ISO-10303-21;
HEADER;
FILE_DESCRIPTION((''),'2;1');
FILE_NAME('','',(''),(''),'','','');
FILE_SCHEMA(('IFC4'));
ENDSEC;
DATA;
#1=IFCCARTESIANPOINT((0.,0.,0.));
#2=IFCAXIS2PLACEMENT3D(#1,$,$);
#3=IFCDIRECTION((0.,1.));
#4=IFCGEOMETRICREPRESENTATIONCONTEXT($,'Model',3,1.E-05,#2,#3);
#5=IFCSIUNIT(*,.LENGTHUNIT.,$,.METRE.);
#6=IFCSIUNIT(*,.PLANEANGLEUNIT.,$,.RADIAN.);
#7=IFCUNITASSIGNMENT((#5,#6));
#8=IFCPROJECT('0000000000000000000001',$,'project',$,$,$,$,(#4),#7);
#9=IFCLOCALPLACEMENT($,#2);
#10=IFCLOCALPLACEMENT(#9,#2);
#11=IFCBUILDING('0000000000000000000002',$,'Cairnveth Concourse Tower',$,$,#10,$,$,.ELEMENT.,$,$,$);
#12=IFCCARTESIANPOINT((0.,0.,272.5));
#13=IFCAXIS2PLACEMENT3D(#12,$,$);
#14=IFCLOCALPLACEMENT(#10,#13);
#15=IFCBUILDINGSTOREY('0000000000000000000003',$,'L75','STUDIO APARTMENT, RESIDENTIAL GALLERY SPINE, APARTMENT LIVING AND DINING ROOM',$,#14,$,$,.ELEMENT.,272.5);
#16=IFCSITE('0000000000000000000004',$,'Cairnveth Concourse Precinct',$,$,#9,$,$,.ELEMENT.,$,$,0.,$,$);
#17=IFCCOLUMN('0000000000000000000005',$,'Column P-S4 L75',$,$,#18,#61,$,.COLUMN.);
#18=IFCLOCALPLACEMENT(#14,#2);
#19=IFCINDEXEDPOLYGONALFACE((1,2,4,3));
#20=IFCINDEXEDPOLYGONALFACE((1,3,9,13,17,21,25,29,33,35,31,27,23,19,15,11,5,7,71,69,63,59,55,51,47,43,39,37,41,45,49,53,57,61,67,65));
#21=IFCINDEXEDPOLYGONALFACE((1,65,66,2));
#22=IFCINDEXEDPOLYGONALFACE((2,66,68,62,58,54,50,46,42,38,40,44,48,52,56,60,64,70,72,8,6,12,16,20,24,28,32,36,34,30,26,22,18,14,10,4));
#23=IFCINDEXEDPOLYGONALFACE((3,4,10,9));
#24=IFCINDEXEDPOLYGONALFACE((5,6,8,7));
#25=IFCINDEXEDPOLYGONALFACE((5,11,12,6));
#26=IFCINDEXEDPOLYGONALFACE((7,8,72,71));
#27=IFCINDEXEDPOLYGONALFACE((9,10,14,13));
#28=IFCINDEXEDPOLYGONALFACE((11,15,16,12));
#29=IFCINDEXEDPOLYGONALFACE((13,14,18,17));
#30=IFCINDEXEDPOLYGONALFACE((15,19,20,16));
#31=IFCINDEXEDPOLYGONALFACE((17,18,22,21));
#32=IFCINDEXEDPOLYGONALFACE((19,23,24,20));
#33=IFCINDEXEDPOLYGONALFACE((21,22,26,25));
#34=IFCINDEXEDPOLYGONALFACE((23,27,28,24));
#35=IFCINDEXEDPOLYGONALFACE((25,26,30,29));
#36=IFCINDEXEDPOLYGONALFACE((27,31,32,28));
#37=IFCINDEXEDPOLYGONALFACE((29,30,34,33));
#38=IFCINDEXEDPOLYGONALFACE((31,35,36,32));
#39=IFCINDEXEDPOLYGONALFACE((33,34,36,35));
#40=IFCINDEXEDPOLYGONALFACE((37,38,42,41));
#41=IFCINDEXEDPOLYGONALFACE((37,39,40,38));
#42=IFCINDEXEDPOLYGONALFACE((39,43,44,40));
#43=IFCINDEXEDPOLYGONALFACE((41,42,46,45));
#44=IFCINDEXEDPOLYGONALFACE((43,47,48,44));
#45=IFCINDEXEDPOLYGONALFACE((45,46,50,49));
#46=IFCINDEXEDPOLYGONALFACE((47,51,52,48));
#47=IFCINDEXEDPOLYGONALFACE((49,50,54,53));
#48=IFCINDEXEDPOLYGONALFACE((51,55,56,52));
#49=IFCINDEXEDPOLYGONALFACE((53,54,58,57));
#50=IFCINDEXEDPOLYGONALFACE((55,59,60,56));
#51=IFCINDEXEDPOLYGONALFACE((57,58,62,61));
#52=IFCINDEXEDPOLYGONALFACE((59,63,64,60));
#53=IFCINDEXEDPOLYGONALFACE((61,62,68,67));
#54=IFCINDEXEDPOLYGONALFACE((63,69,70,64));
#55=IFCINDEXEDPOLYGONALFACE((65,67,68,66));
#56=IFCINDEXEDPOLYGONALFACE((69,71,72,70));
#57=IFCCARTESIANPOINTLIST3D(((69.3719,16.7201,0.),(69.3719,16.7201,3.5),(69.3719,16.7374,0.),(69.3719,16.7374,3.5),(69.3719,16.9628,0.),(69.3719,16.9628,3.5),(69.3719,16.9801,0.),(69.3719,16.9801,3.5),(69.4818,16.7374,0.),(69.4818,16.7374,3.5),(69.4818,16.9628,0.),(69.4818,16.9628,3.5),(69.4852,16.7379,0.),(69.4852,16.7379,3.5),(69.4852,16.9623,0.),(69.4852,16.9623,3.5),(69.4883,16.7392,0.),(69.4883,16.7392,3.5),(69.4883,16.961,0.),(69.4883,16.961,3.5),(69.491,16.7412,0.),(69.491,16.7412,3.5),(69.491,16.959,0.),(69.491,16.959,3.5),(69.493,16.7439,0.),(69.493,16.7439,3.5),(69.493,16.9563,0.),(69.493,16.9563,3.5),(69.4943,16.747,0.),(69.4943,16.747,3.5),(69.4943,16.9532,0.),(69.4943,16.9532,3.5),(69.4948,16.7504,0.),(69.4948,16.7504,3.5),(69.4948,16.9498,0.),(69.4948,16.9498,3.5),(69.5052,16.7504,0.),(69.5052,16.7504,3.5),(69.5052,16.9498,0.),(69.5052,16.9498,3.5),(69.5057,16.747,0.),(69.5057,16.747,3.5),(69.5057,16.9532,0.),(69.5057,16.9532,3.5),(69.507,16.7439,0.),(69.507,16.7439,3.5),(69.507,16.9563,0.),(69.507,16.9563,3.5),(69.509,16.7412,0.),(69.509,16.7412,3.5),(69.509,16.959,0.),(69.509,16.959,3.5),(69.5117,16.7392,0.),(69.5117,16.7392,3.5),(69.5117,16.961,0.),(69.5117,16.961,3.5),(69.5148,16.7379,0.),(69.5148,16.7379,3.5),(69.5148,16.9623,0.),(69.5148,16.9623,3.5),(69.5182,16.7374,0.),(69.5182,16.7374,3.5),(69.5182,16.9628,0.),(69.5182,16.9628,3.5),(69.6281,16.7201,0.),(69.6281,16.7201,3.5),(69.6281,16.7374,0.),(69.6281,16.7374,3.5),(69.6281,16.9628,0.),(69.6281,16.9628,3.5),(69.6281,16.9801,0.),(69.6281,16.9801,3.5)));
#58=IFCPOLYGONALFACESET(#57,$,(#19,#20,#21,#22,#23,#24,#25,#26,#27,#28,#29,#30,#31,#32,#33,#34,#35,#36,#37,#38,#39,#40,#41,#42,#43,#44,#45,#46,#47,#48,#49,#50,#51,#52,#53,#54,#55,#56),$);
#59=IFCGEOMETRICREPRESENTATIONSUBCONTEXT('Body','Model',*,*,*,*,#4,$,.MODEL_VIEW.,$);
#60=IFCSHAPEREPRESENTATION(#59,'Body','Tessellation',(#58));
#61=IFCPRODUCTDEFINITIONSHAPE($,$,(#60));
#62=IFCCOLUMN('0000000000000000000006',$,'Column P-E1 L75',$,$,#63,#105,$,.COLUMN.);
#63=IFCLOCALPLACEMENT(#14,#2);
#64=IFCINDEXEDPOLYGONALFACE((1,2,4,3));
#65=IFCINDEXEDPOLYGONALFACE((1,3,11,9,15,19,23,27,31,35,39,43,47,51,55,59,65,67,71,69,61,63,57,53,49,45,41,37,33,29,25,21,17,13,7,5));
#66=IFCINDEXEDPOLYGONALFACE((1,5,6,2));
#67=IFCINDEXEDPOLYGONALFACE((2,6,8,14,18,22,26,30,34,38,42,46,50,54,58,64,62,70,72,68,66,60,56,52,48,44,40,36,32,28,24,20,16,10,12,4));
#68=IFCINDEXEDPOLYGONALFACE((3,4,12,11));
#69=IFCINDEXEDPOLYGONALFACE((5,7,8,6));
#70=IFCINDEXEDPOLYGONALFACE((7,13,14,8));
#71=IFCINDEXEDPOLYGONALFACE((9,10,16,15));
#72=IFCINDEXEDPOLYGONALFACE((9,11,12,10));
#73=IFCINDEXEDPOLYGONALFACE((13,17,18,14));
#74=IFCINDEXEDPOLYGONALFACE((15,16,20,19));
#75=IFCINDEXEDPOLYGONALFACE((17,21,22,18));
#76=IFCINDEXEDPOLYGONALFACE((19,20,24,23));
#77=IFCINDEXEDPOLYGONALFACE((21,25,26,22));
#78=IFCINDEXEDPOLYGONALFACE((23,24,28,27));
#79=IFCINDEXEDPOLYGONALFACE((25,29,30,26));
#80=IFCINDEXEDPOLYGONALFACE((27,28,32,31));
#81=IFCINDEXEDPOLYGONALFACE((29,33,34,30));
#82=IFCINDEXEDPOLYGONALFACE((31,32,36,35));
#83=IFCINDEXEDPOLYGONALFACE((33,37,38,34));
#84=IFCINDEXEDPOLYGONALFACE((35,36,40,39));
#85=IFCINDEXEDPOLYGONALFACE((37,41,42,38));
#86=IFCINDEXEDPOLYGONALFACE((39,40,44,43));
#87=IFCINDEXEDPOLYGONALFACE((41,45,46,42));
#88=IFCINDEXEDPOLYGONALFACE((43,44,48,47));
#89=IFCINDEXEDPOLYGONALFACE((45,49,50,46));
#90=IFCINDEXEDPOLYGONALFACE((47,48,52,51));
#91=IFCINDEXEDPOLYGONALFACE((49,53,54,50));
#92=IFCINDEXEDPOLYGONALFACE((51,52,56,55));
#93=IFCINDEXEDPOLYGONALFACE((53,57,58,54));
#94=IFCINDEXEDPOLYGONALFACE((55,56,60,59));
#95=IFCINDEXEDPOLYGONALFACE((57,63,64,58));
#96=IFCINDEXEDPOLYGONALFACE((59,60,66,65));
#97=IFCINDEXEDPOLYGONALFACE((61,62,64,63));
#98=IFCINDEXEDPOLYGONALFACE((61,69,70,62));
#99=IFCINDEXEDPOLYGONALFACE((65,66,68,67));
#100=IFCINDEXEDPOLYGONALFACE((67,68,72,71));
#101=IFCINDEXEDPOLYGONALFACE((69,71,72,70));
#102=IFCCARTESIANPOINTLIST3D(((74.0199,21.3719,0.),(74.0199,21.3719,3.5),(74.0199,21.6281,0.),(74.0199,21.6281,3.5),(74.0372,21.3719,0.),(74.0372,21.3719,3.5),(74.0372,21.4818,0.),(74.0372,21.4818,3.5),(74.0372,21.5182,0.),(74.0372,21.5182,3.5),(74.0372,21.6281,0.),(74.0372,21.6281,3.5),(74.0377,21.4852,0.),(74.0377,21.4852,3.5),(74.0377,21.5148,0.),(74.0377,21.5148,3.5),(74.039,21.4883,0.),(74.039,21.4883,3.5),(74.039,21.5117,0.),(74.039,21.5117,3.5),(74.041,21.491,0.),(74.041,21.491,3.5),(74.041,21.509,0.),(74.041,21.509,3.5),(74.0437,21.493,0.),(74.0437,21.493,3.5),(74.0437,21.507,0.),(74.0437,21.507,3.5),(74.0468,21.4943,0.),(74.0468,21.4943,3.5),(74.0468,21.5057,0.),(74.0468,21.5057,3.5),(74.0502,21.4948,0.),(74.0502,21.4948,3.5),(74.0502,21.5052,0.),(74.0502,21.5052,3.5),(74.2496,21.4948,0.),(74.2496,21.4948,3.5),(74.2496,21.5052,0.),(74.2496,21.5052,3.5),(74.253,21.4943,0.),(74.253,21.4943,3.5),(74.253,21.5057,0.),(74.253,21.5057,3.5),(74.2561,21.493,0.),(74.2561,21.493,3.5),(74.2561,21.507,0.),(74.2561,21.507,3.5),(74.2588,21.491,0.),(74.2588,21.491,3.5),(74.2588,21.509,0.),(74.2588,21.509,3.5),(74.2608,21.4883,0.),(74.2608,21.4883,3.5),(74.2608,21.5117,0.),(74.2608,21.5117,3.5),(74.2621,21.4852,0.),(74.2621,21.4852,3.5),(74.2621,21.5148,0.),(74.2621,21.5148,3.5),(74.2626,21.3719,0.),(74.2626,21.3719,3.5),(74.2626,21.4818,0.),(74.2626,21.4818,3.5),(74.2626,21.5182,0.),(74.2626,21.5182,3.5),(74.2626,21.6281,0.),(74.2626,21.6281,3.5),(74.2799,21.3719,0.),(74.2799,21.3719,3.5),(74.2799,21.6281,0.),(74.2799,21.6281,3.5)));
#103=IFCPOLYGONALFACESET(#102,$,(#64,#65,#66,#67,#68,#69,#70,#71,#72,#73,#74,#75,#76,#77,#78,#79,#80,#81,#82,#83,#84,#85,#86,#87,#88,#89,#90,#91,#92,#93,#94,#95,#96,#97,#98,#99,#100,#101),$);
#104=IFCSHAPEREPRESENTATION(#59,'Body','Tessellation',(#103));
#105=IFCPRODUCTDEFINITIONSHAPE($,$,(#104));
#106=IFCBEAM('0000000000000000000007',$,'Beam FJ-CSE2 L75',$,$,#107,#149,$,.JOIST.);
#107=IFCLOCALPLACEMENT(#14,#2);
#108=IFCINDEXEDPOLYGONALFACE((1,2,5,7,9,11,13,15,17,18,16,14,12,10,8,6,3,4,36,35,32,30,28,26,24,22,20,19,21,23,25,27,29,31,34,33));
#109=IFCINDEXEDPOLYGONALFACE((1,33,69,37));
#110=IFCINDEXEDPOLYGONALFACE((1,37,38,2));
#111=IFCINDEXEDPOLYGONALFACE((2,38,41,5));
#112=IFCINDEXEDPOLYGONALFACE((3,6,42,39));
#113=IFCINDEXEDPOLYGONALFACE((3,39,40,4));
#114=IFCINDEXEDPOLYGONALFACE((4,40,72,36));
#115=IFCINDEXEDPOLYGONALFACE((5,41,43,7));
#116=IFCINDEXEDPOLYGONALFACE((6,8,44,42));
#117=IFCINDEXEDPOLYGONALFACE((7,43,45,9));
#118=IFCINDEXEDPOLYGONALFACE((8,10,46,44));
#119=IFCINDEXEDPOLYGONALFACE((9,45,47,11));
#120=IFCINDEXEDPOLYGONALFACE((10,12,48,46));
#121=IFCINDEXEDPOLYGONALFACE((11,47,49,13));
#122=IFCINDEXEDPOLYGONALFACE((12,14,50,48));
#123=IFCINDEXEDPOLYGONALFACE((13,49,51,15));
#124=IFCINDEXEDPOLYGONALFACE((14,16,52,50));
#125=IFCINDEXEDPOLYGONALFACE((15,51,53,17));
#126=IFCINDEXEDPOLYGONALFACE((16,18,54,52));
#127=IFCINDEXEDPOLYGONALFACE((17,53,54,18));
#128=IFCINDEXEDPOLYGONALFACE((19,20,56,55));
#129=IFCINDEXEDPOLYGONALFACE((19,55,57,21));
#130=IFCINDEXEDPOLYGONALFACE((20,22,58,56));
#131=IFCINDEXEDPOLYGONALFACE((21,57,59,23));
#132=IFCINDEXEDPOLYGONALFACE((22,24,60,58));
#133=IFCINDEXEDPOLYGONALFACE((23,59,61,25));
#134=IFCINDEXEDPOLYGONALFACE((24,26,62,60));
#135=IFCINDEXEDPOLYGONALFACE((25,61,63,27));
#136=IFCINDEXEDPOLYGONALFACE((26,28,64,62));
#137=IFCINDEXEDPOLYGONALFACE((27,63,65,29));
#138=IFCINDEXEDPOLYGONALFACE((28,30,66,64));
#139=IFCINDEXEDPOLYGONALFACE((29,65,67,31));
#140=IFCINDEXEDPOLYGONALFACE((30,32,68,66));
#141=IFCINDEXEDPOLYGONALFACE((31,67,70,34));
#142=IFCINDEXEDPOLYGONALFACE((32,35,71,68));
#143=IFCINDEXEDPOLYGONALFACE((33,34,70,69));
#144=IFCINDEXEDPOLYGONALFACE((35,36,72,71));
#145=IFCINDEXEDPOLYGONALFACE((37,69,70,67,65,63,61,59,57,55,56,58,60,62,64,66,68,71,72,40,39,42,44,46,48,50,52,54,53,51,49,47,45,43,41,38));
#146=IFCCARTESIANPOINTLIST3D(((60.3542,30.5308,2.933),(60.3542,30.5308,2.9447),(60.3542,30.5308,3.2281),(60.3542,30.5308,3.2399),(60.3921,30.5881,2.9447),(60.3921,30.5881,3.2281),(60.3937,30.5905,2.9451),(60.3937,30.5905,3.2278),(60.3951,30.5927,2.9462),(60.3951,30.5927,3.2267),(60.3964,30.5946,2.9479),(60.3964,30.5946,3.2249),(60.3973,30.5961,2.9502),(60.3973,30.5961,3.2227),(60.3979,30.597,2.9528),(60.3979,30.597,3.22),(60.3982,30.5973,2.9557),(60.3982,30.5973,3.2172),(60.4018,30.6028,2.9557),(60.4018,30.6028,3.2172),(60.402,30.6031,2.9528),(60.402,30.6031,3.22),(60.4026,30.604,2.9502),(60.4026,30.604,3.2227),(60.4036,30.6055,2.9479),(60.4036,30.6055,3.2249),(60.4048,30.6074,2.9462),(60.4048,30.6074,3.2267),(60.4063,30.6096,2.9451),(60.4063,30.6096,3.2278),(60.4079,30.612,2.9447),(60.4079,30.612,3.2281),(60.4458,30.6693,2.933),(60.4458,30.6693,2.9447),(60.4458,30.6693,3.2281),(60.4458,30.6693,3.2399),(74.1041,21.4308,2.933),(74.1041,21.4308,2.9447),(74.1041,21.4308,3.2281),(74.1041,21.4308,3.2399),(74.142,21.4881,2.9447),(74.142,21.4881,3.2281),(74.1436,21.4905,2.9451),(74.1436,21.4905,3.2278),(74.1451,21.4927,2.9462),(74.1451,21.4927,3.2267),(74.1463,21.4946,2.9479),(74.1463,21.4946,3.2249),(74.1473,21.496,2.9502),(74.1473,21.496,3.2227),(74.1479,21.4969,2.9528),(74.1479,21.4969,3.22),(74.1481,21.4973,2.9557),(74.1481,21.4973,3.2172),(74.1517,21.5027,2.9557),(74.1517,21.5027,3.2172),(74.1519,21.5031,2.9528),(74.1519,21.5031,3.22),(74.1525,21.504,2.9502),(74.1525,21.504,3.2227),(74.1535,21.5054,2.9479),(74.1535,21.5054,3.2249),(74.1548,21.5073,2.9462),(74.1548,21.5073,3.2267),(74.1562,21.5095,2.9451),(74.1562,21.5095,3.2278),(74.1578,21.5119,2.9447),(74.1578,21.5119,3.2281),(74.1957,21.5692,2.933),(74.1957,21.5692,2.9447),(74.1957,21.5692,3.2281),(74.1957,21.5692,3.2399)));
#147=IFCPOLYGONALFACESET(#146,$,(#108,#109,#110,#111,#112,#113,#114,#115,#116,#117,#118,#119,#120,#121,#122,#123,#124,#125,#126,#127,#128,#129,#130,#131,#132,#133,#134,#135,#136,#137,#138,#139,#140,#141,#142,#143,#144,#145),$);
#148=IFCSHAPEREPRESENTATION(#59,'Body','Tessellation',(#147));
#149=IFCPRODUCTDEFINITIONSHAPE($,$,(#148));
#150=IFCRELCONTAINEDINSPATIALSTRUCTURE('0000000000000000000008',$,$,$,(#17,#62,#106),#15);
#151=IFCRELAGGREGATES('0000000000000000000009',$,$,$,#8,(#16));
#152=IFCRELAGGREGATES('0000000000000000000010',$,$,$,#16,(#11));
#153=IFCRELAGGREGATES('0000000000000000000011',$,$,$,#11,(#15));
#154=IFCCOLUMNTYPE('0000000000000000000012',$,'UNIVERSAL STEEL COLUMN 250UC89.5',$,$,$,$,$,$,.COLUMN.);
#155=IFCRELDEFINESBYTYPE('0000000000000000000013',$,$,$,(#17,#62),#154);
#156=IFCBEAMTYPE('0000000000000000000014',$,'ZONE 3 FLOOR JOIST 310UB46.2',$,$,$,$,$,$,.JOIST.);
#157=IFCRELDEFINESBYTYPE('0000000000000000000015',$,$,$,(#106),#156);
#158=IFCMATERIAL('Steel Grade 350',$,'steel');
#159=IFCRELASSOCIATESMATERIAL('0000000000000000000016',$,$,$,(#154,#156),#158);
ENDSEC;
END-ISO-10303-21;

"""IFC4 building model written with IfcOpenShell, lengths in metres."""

from ifc_helpers import new_model, si_unit, direction, frame, origin, origin_2d, place, context, subcontext, project, spatial, i_section, extrude, material, material_profile, profile_set, type_object, element, save


model = new_model("IFC4")

# Units and contexts
model_context = context("Model", 3, precision=1e-05, world=origin(), true_north=direction((0.0, 1.0)))
body_context = subcontext(model_context, "Body", "Model", "MODEL_VIEW")
ifc_project = project(units=[si_unit("LENGTHUNIT", "METRE"), si_unit("PLANEANGLEUNIT", "RADIAN")], contexts=[model_context])

# Site, building, storey
site_placement = place(None, origin())
site = spatial("IfcSite", under=ifc_project, at=site_placement, Name="Cairnveth Concourse Precinct", CompositionType="ELEMENT", RefElevation=0.0)
building_placement = place(site_placement, origin())
building = spatial("IfcBuilding", under=site, at=building_placement, Name="Cairnveth Concourse Tower", CompositionType="ELEMENT")
storey_placement = place(building_placement, frame((0.0, 0.0, 272.5)))
storey = spatial("IfcBuildingStorey", under=building, at=storey_placement, Name="L75", Description="STUDIO APARTMENT, RESIDENTIAL GALLERY SPINE, APARTMENT LIVING AND DINING ROOM", CompositionType="ELEMENT", Elevation=272.5)

# Columns
ifc_material_1 = material(Name="Steel Grade 350", Category="steel")
ifc_material_profile_1 = material_profile(ifc_material_1, i_section(OverallWidth=0.2561, OverallDepth=0.26, WebThickness=0.0105, FlangeThickness=0.0173, FilletRadius=0.0129, at=origin_2d()), Name="250UC89.5")
ifc_profile_set_1 = profile_set([ifc_material_profile_1], Name="Steel Grade 350")
column_type = type_object("IfcColumnType", Name="UNIVERSAL STEEL COLUMN 250UC89.5", PredefinedType="COLUMN", material=ifc_profile_set_1)
for number, where, z_axis, x_axis, name in (
    (1, (69.5, 16.8501, 0.0), (0.0, 0.0, 1.0), (1.0, 0.0, 0.0), "Column P-S4 L75"),
    (2, (74.1499, 21.5, 0.0), (0.0, 0.0, 1.0), (0.0, 1.0, 0.0), "Column P-E1 L75"),
):
    element("IfcColumn", number, at=place(storey_placement, frame(where, z_axis=z_axis, x_axis=x_axis)), inside=storey, type_object=column_type, Name=name, PredefinedType="COLUMN", context=body_context, shape_type="SweptSolid", body=[
        extrude(i_section(OverallWidth=0.2561, OverallDepth=0.26, WebThickness=0.0105, FlangeThickness=0.0173, FilletRadius=0.0129, at=origin_2d()), origin(), (0.0, 0.0, 1.0), 3.5),
    ])

# Beam
ifc_material_profile_2 = material_profile(ifc_material_1, i_section(OverallWidth=0.166, OverallDepth=0.3069, WebThickness=0.0066, FlangeThickness=0.0117, FilletRadius=0.011, at=origin_2d()), Name="310UB46.2")
ifc_profile_set_2 = profile_set([ifc_material_profile_2], Name="Steel Grade 350")
beam_type_1 = type_object("IfcBeamType", Name="ZONE 3 FLOOR JOIST 310UB46.2", PredefinedType="JOIST", material=ifc_profile_set_2)
beam_1_placement = place(storey_placement, frame((74.1499, 21.5, 3.0864), z_axis=(-0.833909, 0.551902, 0.0), x_axis=(-0.551902, -0.833909, 0.0)))
element("IfcBeam", 3, at=beam_1_placement, inside=storey, type_object=beam_type_1, Name="Beam FJ-CSE2 L75", PredefinedType="JOIST", context=body_context, shape_type="SweptSolid", body=[
    extrude(i_section(OverallWidth=0.166, OverallDepth=0.3069, WebThickness=0.0066, FlangeThickness=0.0117, FilletRadius=0.011, at=origin_2d()), origin(), (0.0, 0.0, 1.0), 16.4885),
])

save(model, "model.ifc")
